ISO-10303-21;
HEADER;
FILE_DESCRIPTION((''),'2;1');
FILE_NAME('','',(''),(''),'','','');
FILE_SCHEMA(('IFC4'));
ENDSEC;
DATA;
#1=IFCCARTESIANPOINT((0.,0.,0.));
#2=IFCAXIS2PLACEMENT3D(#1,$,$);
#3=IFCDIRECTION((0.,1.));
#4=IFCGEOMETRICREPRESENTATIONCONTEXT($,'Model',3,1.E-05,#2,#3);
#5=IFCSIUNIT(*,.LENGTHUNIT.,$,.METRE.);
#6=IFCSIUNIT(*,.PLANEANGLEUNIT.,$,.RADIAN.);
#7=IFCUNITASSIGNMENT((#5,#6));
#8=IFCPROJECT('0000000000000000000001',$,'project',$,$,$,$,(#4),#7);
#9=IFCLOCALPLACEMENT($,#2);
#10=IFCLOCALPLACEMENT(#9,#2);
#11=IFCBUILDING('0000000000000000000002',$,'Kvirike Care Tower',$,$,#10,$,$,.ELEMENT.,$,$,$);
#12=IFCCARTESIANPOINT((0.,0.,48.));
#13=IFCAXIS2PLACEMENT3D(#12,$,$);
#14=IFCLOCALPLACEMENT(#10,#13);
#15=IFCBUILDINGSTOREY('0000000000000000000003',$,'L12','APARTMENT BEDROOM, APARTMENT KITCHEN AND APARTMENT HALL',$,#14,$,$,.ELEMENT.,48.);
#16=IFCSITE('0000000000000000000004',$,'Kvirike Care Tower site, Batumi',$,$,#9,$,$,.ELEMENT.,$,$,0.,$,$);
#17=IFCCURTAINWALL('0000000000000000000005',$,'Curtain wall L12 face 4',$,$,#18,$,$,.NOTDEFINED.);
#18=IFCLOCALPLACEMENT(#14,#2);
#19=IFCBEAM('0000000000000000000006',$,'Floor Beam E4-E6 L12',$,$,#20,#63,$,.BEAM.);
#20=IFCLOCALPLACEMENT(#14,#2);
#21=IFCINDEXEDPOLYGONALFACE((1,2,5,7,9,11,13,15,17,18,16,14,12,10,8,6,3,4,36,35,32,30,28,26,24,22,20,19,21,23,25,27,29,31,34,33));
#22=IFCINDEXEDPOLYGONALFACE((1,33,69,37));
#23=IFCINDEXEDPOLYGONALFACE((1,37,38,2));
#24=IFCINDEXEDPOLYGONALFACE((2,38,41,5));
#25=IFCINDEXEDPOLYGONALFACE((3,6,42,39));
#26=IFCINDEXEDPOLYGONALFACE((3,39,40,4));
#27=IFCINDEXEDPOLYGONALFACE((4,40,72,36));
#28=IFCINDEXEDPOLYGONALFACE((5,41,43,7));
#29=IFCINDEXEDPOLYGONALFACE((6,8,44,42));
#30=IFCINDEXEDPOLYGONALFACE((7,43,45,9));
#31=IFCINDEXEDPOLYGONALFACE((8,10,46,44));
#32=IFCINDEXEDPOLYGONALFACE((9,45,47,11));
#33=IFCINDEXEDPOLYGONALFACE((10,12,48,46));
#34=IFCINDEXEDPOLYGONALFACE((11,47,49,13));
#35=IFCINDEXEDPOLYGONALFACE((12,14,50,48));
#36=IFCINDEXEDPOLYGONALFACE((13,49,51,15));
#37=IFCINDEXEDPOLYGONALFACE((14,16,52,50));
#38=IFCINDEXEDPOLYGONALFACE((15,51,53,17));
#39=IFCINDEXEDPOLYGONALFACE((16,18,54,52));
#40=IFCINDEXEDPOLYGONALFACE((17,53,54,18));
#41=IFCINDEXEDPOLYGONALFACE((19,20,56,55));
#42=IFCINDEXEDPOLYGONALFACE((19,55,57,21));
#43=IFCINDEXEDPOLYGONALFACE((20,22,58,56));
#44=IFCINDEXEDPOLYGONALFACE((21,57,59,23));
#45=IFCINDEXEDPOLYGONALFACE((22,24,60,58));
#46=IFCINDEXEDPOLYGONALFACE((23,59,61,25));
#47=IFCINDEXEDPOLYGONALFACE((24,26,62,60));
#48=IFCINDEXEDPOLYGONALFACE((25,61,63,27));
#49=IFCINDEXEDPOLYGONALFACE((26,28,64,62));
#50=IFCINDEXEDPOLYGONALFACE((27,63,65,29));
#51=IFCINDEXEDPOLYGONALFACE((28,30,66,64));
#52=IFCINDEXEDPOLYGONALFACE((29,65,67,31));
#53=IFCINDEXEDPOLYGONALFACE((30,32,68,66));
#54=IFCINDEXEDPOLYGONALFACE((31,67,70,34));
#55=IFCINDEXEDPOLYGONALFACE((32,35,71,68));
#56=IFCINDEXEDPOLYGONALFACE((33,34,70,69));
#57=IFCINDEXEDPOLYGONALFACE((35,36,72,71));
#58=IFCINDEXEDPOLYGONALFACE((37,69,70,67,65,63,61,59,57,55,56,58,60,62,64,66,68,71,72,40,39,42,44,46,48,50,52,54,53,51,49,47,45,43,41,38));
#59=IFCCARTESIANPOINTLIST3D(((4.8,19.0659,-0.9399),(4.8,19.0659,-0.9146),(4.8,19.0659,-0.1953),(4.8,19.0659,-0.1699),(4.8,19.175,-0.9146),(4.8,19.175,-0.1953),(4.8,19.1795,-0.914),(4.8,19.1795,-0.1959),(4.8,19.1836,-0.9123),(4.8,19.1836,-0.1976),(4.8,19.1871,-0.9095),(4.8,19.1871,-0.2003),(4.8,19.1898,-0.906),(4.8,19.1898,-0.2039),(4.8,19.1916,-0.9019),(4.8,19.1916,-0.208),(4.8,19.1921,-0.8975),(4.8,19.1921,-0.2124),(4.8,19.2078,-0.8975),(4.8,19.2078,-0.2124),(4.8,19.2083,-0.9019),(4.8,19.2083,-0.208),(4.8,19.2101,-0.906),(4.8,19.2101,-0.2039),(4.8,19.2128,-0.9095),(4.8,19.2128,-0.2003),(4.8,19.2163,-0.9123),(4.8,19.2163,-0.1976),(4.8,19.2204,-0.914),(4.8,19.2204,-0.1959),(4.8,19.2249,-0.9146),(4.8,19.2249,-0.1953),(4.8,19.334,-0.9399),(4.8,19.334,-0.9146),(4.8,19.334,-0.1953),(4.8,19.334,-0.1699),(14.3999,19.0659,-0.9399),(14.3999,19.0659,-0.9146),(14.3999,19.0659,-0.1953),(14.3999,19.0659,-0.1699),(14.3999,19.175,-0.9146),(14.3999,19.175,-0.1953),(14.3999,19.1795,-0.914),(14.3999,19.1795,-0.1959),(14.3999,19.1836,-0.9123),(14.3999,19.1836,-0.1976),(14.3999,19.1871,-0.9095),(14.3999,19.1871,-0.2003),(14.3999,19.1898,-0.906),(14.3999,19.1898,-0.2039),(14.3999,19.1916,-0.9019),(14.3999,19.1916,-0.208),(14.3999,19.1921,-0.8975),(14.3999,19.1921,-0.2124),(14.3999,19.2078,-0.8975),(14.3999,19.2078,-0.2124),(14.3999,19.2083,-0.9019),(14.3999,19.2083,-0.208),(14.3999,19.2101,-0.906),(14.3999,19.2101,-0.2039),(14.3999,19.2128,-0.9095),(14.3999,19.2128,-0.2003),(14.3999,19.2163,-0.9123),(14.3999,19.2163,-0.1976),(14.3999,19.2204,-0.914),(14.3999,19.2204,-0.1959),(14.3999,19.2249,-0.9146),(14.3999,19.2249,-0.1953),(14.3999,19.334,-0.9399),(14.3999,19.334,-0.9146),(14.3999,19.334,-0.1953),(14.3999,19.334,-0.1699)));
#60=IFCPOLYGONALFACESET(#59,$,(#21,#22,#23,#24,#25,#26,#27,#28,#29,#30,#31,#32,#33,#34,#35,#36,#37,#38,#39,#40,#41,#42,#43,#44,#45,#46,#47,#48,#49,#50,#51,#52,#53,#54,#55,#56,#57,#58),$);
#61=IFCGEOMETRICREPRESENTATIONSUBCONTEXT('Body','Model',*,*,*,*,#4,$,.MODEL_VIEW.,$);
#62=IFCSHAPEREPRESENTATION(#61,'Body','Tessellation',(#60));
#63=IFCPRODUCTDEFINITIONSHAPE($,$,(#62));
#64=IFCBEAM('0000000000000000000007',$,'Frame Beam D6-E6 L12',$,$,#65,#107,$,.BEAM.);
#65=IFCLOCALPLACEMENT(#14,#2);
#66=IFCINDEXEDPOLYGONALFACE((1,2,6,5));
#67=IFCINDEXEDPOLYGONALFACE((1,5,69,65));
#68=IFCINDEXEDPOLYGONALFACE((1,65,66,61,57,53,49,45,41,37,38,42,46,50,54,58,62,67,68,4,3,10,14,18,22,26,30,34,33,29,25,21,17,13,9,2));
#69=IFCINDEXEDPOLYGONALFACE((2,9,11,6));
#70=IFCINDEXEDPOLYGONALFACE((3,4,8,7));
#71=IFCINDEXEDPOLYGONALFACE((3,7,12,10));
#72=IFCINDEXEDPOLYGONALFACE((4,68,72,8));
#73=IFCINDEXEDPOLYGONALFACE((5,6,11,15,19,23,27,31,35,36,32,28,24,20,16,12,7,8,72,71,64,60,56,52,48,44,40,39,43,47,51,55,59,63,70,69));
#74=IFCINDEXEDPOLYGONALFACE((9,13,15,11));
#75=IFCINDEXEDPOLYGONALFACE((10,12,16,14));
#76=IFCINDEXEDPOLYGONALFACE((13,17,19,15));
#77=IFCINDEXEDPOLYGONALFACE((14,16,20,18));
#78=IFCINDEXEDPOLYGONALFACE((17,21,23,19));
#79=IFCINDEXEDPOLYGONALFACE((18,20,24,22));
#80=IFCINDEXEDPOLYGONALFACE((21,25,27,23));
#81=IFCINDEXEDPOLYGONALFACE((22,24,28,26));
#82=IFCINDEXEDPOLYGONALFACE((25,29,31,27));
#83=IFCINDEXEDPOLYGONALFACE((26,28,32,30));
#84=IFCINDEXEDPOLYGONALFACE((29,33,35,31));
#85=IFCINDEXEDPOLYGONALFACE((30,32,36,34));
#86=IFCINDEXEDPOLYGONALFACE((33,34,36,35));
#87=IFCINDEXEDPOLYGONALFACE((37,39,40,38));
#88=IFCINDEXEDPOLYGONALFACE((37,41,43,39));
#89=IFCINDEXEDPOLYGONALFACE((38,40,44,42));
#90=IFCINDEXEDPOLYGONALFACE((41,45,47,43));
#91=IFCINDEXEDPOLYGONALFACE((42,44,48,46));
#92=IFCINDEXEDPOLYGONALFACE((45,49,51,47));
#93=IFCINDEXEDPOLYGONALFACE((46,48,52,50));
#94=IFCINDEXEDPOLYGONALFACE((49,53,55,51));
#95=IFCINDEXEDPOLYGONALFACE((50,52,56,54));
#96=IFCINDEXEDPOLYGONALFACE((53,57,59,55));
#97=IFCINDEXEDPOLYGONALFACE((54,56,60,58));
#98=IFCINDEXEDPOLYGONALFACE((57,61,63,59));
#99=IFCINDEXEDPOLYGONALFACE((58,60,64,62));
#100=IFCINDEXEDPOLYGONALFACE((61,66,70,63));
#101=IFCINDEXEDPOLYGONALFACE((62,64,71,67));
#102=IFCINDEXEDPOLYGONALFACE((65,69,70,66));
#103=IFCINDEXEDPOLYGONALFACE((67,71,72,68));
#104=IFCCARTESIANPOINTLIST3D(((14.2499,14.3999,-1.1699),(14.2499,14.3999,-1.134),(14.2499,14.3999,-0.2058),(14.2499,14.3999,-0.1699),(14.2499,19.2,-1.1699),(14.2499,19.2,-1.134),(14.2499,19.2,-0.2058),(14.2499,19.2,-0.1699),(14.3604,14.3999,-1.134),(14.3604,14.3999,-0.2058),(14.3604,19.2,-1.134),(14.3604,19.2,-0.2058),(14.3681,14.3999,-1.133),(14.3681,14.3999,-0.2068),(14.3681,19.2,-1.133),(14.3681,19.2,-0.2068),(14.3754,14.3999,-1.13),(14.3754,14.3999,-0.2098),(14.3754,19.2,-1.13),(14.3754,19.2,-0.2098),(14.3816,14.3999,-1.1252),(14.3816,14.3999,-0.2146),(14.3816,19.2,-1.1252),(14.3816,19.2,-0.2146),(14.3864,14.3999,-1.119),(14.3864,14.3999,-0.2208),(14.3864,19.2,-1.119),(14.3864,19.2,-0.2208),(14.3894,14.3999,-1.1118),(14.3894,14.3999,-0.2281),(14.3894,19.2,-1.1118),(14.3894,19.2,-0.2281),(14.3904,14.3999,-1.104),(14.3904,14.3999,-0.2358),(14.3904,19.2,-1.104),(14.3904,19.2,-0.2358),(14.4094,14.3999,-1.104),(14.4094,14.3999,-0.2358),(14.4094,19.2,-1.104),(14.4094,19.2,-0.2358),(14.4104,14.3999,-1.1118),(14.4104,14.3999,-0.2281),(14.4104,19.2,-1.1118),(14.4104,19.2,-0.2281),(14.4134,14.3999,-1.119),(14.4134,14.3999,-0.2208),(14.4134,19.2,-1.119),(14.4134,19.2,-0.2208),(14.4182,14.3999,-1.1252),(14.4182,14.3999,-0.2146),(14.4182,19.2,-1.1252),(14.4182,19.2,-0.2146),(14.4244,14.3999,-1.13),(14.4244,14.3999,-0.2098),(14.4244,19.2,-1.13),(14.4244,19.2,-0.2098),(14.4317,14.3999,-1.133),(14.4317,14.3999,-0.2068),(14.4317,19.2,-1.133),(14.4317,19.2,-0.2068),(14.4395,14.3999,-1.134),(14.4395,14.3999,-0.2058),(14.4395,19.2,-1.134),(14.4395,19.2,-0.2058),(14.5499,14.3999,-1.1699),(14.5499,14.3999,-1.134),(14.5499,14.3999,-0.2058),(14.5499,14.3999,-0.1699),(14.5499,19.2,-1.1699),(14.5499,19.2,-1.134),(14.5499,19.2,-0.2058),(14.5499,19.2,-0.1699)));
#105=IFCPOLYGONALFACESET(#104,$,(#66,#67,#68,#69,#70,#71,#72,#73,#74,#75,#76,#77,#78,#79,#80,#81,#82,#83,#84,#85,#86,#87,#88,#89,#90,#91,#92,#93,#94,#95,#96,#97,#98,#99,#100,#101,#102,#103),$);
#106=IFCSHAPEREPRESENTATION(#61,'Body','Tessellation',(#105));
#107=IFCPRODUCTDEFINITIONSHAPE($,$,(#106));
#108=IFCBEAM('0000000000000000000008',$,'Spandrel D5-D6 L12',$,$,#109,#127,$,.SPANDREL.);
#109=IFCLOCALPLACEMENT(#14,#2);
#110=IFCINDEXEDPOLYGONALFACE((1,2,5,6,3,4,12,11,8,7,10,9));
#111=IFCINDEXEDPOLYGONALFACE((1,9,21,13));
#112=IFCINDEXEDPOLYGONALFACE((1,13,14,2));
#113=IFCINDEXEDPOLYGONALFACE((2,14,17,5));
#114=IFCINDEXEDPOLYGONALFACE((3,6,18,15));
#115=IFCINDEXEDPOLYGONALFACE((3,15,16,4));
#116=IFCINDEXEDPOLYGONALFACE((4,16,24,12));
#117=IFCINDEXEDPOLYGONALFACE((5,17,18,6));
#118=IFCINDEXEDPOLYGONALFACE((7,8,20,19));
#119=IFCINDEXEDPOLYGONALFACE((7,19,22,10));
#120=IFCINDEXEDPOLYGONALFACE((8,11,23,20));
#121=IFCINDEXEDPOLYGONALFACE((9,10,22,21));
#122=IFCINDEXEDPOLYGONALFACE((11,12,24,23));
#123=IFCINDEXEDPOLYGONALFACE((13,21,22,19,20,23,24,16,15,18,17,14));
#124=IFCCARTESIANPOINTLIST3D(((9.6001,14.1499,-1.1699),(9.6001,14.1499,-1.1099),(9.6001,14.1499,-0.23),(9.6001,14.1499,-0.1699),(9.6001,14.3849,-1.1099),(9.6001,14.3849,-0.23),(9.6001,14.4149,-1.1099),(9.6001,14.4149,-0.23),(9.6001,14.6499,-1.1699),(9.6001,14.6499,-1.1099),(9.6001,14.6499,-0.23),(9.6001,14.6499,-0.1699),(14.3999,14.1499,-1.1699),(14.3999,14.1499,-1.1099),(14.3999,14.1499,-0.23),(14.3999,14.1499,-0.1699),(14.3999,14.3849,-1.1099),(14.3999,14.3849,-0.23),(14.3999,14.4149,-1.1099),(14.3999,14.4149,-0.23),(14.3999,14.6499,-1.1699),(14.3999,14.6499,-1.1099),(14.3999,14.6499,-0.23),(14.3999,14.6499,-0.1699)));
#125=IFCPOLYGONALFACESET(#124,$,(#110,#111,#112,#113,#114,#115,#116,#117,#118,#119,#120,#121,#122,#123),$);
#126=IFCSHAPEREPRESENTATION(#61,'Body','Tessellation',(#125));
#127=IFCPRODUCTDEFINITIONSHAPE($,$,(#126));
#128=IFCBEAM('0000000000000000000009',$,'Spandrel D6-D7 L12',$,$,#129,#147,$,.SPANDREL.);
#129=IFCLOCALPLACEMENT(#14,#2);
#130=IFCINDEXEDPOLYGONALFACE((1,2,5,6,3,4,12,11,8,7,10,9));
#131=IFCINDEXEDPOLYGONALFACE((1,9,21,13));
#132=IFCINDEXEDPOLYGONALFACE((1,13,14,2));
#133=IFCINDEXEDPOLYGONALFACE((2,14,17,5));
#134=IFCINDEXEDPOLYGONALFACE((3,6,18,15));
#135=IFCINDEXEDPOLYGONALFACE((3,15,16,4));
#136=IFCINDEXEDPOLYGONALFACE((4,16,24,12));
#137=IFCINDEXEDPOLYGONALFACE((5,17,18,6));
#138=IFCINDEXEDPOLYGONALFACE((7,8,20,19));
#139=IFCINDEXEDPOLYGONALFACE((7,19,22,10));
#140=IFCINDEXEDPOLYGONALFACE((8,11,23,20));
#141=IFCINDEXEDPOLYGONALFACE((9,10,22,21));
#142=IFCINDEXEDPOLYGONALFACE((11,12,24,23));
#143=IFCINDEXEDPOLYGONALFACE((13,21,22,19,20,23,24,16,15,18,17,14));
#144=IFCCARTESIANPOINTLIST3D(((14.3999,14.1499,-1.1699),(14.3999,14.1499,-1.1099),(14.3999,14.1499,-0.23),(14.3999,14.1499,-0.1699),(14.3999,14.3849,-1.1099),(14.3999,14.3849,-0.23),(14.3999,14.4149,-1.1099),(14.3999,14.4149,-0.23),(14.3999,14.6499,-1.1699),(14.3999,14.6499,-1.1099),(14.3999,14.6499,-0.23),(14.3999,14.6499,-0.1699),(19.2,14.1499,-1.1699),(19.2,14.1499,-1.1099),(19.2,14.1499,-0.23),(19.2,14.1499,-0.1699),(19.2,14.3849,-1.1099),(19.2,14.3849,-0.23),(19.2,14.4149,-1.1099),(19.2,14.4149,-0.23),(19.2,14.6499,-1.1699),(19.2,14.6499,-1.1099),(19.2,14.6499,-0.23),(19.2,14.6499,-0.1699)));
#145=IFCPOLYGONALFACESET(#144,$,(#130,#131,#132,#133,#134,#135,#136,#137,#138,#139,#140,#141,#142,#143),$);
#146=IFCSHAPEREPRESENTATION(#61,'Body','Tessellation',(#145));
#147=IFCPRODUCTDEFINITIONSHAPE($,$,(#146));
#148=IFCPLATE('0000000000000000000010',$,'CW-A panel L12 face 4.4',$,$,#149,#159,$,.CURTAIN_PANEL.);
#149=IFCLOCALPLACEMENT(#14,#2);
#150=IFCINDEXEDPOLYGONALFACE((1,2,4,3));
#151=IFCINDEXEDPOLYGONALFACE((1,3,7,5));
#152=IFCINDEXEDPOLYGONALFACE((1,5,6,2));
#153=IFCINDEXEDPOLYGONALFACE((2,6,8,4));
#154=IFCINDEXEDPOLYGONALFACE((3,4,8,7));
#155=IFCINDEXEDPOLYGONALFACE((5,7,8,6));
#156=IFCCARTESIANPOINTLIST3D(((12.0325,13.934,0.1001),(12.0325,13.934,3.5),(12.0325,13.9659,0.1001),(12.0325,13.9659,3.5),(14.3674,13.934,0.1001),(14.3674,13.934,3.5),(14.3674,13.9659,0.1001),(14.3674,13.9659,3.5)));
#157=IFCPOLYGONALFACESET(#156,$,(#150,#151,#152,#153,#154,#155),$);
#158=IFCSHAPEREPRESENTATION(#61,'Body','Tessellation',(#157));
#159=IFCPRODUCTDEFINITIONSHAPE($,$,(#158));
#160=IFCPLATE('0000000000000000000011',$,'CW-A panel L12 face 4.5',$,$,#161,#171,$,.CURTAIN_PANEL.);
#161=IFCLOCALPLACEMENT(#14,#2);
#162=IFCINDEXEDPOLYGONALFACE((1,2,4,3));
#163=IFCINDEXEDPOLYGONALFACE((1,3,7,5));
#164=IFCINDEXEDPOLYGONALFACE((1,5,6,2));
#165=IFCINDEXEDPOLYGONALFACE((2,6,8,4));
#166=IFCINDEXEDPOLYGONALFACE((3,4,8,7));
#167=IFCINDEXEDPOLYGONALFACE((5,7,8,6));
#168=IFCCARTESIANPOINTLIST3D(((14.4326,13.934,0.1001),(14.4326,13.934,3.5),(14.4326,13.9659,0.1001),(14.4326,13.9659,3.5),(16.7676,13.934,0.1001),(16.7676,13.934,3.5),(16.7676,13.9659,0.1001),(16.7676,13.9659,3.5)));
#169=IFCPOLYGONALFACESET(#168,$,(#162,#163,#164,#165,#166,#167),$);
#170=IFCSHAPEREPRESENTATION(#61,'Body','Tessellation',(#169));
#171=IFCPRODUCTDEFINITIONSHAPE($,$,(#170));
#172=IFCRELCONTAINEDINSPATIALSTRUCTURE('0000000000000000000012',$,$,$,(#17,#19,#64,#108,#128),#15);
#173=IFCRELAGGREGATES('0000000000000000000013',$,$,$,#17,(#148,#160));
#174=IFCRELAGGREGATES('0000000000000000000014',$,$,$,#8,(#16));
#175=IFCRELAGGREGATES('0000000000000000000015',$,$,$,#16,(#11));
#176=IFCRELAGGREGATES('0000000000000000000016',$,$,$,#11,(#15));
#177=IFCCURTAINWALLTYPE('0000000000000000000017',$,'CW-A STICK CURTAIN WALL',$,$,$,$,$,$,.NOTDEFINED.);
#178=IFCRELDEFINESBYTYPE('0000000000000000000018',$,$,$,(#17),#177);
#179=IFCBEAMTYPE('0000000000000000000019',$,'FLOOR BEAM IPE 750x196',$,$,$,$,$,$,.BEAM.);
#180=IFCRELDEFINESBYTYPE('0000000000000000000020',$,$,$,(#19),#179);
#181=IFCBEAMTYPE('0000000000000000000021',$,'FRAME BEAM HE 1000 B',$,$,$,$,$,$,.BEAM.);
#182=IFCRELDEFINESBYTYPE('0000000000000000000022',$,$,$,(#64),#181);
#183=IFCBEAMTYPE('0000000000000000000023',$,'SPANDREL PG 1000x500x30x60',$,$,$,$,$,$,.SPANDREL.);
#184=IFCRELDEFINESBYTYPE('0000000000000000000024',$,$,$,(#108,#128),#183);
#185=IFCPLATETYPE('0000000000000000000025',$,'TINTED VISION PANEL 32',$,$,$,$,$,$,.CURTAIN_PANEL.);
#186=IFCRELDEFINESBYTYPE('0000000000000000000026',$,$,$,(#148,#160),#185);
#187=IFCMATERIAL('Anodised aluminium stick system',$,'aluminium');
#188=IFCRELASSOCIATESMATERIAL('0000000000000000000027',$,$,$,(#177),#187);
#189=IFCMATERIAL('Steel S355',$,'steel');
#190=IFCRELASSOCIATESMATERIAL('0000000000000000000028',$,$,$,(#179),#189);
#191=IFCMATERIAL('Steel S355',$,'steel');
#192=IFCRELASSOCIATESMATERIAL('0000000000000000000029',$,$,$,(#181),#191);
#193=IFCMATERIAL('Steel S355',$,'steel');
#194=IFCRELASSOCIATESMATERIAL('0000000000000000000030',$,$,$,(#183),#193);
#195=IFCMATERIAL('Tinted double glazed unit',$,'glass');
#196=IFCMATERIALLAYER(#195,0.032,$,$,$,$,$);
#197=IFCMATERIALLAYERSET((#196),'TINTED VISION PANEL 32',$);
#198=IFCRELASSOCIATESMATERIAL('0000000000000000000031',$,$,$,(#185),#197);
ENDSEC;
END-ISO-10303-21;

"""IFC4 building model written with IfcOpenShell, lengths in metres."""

from ifc_helpers import new_model, si_unit, direction, frame, origin, origin_2d, place, context, subcontext, project, spatial, rectangle, i_section, extrude, material, layer, layer_set, material_profile, profile_set, type_object, element, aggregate, save


model = new_model("IFC4")

# Units and contexts
model_context = context("Model", 3, precision=1e-05, world=origin(), true_north=direction((0.0, 1.0)))
body_context = subcontext(model_context, "Body", "Model", "MODEL_VIEW")
ifc_project = project(units=[si_unit("LENGTHUNIT", "METRE"), si_unit("PLANEANGLEUNIT", "RADIAN")], contexts=[model_context])

# Site, building, storey
site_placement = place(None, origin())
site = spatial("IfcSite", under=ifc_project, at=site_placement, Name="Kvirike Care Tower site, Batumi", CompositionType="ELEMENT", RefElevation=0.0)
building_placement = place(site_placement, origin())
building = spatial("IfcBuilding", under=site, at=building_placement, Name="Kvirike Care Tower", CompositionType="ELEMENT")
storey_placement = place(building_placement, frame((0.0, 0.0, 48.0)))
storey = spatial("IfcBuildingStorey", under=building, at=storey_placement, Name="L12", Description="APARTMENT BEDROOM, APARTMENT KITCHEN AND APARTMENT HALL", CompositionType="ELEMENT", Elevation=48.0)

# Curtain wall
ifc_material_1 = material(Name="Anodised aluminium stick system", Category="aluminium")
curtain_wall_type = type_object("IfcCurtainWallType", Name="CW-A STICK CURTAIN WALL", PredefinedType="NOTDEFINED", material=ifc_material_1)
curtain_wall_placement = place(storey_placement, origin())
curtain_wall = element("IfcCurtainWall", 1, at=curtain_wall_placement, inside=storey, type_object=curtain_wall_type, Name="Curtain wall L12 face 4", PredefinedType="NOTDEFINED")

# Beams
ifc_material_2 = material(Name="Steel S355", Category="steel")
ifc_material_profile_1 = material_profile(ifc_material_2, i_section(OverallWidth=0.2681, OverallDepth=0.77, WebThickness=0.0156, FlangeThickness=0.0254, FilletRadius=0.0171, at=origin_2d()), Name="IPE 750x196")
ifc_profile_set_1 = profile_set([ifc_material_profile_1], Name="Steel S355")
beam_type_1 = type_object("IfcBeamType", Name="FLOOR BEAM IPE 750x196", PredefinedType="BEAM", material=ifc_profile_set_1)
beam_1_placement = place(storey_placement, frame((4.8, 19.2, -0.5549), z_axis=(1.0, 0.0, 0.0), x_axis=(0.0, 1.0, 0.0)))
element("IfcBeam", 2, at=beam_1_placement, inside=storey, type_object=beam_type_1, Name="Floor Beam E4-E6 L12", PredefinedType="BEAM", context=body_context, shape_type="SweptSolid", body=[
    extrude(i_section(OverallWidth=0.2681, OverallDepth=0.77, WebThickness=0.0156, FlangeThickness=0.0254, FilletRadius=0.0171, at=origin_2d()), origin(), (0.0, 0.0, 1.0), 9.5999),
])
ifc_material_3 = material(Name="Steel S355", Category="steel")
ifc_material_profile_2 = material_profile(ifc_material_3, i_section(OverallWidth=0.3, OverallDepth=1.0, WebThickness=0.019, FlangeThickness=0.0359, FilletRadius=0.03, at=origin_2d()), Name="HE 1000 B")
ifc_profile_set_2 = profile_set([ifc_material_profile_2], Name="Steel S355")
beam_type_2 = type_object("IfcBeamType", Name="FRAME BEAM HE 1000 B", PredefinedType="BEAM", material=ifc_profile_set_2)
beam_2_placement = place(storey_placement, frame((14.3999, 14.3999, -0.6699), z_axis=(0.0, 1.0, 0.0), x_axis=(-1.0, 0.0, 0.0)))
element("IfcBeam", 3, at=beam_2_placement, inside=storey, type_object=beam_type_2, Name="Frame Beam D6-E6 L12", PredefinedType="BEAM", context=body_context, shape_type="SweptSolid", body=[
    extrude(i_section(OverallWidth=0.3, OverallDepth=1.0, WebThickness=0.019, FlangeThickness=0.0359, FilletRadius=0.03, at=origin_2d()), origin(), (0.0, 0.0, 1.0), 4.8),
])
ifc_material_4 = material(Name="Steel S355", Category="steel")
ifc_material_profile_3 = material_profile(ifc_material_4, i_section(OverallWidth=0.5, OverallDepth=1.0, WebThickness=0.03, FlangeThickness=0.0601, at=origin_2d()), Name="PG 1000x500x30x60")
ifc_profile_set_3 = profile_set([ifc_material_profile_3], Name="Steel S355")
beam_type_3 = type_object("IfcBeamType", Name="SPANDREL PG 1000x500x30x60", PredefinedType="SPANDREL", material=ifc_profile_set_3)
beam_3_placement = place(storey_placement, frame((9.6001, 14.3999, -0.6699), z_axis=(1.0, 0.0, 0.0), x_axis=(0.0, 1.0, 0.0)))
element("IfcBeam", 4, at=beam_3_placement, inside=storey, type_object=beam_type_3, Name="Spandrel D5-D6 L12", PredefinedType="SPANDREL", context=body_context, shape_type="SweptSolid", body=[
    extrude(i_section(OverallWidth=0.5, OverallDepth=1.0, WebThickness=0.03, FlangeThickness=0.0601, at=origin_2d()), origin(), (0.0, 0.0, 1.0), 4.7998),
])
beam_4_placement = place(storey_placement, frame((14.3999, 14.3999, -0.6699), z_axis=(1.0, 0.0, 0.0), x_axis=(0.0, 1.0, 0.0)))
element("IfcBeam", 5, at=beam_4_placement, inside=storey, type_object=beam_type_3, Name="Spandrel D6-D7 L12", PredefinedType="SPANDREL", context=body_context, shape_type="SweptSolid", body=[
    extrude(i_section(OverallWidth=0.5, OverallDepth=1.0, WebThickness=0.03, FlangeThickness=0.0601, at=origin_2d()), origin(), (0.0, 0.0, 1.0), 4.8),
])

# Plates
ifc_material_5 = material(Name="Tinted double glazed unit", Category="glass")
ifc_layer_1 = layer(ifc_material_5, 0.032)
ifc_layer_set_1 = layer_set([ifc_layer_1], Name="TINTED VISION PANEL 32")
plate_type = type_object("IfcPlateType", Name="TINTED VISION PANEL 32", PredefinedType="CURTAIN_PANEL", material=ifc_layer_set_1)
plate_1_placement = place(storey_placement, frame((13.2, 13.95, 0.1001), z_axis=(0.0, 0.0, 1.0), x_axis=(1.0, 0.0, 0.0)))
plate_1 = element("IfcPlate", 6, at=plate_1_placement, type_object=plate_type, Name="CW-A panel L12 face 4.4", PredefinedType="CURTAIN_PANEL", context=body_context, shape_type="SweptSolid", body=[
    extrude(rectangle(XDim=2.335, YDim=0.032, at=origin_2d()), origin(), (0.0, 0.0, 1.0), 3.3999),
])
plate_2_placement = place(storey_placement, frame((15.6001, 13.95, 0.1001), z_axis=(0.0, 0.0, 1.0), x_axis=(1.0, 0.0, 0.0)))
plate_2 = element("IfcPlate", 7, at=plate_2_placement, type_object=plate_type, Name="CW-A panel L12 face 4.5", PredefinedType="CURTAIN_PANEL", context=body_context, shape_type="SweptSolid", body=[
    extrude(rectangle(XDim=2.335, YDim=0.032, at=origin_2d()), origin(), (0.0, 0.0, 1.0), 3.3999),
])
aggregate(curtain_wall, [plate_1, plate_2])

save(model, "model.ifc")
